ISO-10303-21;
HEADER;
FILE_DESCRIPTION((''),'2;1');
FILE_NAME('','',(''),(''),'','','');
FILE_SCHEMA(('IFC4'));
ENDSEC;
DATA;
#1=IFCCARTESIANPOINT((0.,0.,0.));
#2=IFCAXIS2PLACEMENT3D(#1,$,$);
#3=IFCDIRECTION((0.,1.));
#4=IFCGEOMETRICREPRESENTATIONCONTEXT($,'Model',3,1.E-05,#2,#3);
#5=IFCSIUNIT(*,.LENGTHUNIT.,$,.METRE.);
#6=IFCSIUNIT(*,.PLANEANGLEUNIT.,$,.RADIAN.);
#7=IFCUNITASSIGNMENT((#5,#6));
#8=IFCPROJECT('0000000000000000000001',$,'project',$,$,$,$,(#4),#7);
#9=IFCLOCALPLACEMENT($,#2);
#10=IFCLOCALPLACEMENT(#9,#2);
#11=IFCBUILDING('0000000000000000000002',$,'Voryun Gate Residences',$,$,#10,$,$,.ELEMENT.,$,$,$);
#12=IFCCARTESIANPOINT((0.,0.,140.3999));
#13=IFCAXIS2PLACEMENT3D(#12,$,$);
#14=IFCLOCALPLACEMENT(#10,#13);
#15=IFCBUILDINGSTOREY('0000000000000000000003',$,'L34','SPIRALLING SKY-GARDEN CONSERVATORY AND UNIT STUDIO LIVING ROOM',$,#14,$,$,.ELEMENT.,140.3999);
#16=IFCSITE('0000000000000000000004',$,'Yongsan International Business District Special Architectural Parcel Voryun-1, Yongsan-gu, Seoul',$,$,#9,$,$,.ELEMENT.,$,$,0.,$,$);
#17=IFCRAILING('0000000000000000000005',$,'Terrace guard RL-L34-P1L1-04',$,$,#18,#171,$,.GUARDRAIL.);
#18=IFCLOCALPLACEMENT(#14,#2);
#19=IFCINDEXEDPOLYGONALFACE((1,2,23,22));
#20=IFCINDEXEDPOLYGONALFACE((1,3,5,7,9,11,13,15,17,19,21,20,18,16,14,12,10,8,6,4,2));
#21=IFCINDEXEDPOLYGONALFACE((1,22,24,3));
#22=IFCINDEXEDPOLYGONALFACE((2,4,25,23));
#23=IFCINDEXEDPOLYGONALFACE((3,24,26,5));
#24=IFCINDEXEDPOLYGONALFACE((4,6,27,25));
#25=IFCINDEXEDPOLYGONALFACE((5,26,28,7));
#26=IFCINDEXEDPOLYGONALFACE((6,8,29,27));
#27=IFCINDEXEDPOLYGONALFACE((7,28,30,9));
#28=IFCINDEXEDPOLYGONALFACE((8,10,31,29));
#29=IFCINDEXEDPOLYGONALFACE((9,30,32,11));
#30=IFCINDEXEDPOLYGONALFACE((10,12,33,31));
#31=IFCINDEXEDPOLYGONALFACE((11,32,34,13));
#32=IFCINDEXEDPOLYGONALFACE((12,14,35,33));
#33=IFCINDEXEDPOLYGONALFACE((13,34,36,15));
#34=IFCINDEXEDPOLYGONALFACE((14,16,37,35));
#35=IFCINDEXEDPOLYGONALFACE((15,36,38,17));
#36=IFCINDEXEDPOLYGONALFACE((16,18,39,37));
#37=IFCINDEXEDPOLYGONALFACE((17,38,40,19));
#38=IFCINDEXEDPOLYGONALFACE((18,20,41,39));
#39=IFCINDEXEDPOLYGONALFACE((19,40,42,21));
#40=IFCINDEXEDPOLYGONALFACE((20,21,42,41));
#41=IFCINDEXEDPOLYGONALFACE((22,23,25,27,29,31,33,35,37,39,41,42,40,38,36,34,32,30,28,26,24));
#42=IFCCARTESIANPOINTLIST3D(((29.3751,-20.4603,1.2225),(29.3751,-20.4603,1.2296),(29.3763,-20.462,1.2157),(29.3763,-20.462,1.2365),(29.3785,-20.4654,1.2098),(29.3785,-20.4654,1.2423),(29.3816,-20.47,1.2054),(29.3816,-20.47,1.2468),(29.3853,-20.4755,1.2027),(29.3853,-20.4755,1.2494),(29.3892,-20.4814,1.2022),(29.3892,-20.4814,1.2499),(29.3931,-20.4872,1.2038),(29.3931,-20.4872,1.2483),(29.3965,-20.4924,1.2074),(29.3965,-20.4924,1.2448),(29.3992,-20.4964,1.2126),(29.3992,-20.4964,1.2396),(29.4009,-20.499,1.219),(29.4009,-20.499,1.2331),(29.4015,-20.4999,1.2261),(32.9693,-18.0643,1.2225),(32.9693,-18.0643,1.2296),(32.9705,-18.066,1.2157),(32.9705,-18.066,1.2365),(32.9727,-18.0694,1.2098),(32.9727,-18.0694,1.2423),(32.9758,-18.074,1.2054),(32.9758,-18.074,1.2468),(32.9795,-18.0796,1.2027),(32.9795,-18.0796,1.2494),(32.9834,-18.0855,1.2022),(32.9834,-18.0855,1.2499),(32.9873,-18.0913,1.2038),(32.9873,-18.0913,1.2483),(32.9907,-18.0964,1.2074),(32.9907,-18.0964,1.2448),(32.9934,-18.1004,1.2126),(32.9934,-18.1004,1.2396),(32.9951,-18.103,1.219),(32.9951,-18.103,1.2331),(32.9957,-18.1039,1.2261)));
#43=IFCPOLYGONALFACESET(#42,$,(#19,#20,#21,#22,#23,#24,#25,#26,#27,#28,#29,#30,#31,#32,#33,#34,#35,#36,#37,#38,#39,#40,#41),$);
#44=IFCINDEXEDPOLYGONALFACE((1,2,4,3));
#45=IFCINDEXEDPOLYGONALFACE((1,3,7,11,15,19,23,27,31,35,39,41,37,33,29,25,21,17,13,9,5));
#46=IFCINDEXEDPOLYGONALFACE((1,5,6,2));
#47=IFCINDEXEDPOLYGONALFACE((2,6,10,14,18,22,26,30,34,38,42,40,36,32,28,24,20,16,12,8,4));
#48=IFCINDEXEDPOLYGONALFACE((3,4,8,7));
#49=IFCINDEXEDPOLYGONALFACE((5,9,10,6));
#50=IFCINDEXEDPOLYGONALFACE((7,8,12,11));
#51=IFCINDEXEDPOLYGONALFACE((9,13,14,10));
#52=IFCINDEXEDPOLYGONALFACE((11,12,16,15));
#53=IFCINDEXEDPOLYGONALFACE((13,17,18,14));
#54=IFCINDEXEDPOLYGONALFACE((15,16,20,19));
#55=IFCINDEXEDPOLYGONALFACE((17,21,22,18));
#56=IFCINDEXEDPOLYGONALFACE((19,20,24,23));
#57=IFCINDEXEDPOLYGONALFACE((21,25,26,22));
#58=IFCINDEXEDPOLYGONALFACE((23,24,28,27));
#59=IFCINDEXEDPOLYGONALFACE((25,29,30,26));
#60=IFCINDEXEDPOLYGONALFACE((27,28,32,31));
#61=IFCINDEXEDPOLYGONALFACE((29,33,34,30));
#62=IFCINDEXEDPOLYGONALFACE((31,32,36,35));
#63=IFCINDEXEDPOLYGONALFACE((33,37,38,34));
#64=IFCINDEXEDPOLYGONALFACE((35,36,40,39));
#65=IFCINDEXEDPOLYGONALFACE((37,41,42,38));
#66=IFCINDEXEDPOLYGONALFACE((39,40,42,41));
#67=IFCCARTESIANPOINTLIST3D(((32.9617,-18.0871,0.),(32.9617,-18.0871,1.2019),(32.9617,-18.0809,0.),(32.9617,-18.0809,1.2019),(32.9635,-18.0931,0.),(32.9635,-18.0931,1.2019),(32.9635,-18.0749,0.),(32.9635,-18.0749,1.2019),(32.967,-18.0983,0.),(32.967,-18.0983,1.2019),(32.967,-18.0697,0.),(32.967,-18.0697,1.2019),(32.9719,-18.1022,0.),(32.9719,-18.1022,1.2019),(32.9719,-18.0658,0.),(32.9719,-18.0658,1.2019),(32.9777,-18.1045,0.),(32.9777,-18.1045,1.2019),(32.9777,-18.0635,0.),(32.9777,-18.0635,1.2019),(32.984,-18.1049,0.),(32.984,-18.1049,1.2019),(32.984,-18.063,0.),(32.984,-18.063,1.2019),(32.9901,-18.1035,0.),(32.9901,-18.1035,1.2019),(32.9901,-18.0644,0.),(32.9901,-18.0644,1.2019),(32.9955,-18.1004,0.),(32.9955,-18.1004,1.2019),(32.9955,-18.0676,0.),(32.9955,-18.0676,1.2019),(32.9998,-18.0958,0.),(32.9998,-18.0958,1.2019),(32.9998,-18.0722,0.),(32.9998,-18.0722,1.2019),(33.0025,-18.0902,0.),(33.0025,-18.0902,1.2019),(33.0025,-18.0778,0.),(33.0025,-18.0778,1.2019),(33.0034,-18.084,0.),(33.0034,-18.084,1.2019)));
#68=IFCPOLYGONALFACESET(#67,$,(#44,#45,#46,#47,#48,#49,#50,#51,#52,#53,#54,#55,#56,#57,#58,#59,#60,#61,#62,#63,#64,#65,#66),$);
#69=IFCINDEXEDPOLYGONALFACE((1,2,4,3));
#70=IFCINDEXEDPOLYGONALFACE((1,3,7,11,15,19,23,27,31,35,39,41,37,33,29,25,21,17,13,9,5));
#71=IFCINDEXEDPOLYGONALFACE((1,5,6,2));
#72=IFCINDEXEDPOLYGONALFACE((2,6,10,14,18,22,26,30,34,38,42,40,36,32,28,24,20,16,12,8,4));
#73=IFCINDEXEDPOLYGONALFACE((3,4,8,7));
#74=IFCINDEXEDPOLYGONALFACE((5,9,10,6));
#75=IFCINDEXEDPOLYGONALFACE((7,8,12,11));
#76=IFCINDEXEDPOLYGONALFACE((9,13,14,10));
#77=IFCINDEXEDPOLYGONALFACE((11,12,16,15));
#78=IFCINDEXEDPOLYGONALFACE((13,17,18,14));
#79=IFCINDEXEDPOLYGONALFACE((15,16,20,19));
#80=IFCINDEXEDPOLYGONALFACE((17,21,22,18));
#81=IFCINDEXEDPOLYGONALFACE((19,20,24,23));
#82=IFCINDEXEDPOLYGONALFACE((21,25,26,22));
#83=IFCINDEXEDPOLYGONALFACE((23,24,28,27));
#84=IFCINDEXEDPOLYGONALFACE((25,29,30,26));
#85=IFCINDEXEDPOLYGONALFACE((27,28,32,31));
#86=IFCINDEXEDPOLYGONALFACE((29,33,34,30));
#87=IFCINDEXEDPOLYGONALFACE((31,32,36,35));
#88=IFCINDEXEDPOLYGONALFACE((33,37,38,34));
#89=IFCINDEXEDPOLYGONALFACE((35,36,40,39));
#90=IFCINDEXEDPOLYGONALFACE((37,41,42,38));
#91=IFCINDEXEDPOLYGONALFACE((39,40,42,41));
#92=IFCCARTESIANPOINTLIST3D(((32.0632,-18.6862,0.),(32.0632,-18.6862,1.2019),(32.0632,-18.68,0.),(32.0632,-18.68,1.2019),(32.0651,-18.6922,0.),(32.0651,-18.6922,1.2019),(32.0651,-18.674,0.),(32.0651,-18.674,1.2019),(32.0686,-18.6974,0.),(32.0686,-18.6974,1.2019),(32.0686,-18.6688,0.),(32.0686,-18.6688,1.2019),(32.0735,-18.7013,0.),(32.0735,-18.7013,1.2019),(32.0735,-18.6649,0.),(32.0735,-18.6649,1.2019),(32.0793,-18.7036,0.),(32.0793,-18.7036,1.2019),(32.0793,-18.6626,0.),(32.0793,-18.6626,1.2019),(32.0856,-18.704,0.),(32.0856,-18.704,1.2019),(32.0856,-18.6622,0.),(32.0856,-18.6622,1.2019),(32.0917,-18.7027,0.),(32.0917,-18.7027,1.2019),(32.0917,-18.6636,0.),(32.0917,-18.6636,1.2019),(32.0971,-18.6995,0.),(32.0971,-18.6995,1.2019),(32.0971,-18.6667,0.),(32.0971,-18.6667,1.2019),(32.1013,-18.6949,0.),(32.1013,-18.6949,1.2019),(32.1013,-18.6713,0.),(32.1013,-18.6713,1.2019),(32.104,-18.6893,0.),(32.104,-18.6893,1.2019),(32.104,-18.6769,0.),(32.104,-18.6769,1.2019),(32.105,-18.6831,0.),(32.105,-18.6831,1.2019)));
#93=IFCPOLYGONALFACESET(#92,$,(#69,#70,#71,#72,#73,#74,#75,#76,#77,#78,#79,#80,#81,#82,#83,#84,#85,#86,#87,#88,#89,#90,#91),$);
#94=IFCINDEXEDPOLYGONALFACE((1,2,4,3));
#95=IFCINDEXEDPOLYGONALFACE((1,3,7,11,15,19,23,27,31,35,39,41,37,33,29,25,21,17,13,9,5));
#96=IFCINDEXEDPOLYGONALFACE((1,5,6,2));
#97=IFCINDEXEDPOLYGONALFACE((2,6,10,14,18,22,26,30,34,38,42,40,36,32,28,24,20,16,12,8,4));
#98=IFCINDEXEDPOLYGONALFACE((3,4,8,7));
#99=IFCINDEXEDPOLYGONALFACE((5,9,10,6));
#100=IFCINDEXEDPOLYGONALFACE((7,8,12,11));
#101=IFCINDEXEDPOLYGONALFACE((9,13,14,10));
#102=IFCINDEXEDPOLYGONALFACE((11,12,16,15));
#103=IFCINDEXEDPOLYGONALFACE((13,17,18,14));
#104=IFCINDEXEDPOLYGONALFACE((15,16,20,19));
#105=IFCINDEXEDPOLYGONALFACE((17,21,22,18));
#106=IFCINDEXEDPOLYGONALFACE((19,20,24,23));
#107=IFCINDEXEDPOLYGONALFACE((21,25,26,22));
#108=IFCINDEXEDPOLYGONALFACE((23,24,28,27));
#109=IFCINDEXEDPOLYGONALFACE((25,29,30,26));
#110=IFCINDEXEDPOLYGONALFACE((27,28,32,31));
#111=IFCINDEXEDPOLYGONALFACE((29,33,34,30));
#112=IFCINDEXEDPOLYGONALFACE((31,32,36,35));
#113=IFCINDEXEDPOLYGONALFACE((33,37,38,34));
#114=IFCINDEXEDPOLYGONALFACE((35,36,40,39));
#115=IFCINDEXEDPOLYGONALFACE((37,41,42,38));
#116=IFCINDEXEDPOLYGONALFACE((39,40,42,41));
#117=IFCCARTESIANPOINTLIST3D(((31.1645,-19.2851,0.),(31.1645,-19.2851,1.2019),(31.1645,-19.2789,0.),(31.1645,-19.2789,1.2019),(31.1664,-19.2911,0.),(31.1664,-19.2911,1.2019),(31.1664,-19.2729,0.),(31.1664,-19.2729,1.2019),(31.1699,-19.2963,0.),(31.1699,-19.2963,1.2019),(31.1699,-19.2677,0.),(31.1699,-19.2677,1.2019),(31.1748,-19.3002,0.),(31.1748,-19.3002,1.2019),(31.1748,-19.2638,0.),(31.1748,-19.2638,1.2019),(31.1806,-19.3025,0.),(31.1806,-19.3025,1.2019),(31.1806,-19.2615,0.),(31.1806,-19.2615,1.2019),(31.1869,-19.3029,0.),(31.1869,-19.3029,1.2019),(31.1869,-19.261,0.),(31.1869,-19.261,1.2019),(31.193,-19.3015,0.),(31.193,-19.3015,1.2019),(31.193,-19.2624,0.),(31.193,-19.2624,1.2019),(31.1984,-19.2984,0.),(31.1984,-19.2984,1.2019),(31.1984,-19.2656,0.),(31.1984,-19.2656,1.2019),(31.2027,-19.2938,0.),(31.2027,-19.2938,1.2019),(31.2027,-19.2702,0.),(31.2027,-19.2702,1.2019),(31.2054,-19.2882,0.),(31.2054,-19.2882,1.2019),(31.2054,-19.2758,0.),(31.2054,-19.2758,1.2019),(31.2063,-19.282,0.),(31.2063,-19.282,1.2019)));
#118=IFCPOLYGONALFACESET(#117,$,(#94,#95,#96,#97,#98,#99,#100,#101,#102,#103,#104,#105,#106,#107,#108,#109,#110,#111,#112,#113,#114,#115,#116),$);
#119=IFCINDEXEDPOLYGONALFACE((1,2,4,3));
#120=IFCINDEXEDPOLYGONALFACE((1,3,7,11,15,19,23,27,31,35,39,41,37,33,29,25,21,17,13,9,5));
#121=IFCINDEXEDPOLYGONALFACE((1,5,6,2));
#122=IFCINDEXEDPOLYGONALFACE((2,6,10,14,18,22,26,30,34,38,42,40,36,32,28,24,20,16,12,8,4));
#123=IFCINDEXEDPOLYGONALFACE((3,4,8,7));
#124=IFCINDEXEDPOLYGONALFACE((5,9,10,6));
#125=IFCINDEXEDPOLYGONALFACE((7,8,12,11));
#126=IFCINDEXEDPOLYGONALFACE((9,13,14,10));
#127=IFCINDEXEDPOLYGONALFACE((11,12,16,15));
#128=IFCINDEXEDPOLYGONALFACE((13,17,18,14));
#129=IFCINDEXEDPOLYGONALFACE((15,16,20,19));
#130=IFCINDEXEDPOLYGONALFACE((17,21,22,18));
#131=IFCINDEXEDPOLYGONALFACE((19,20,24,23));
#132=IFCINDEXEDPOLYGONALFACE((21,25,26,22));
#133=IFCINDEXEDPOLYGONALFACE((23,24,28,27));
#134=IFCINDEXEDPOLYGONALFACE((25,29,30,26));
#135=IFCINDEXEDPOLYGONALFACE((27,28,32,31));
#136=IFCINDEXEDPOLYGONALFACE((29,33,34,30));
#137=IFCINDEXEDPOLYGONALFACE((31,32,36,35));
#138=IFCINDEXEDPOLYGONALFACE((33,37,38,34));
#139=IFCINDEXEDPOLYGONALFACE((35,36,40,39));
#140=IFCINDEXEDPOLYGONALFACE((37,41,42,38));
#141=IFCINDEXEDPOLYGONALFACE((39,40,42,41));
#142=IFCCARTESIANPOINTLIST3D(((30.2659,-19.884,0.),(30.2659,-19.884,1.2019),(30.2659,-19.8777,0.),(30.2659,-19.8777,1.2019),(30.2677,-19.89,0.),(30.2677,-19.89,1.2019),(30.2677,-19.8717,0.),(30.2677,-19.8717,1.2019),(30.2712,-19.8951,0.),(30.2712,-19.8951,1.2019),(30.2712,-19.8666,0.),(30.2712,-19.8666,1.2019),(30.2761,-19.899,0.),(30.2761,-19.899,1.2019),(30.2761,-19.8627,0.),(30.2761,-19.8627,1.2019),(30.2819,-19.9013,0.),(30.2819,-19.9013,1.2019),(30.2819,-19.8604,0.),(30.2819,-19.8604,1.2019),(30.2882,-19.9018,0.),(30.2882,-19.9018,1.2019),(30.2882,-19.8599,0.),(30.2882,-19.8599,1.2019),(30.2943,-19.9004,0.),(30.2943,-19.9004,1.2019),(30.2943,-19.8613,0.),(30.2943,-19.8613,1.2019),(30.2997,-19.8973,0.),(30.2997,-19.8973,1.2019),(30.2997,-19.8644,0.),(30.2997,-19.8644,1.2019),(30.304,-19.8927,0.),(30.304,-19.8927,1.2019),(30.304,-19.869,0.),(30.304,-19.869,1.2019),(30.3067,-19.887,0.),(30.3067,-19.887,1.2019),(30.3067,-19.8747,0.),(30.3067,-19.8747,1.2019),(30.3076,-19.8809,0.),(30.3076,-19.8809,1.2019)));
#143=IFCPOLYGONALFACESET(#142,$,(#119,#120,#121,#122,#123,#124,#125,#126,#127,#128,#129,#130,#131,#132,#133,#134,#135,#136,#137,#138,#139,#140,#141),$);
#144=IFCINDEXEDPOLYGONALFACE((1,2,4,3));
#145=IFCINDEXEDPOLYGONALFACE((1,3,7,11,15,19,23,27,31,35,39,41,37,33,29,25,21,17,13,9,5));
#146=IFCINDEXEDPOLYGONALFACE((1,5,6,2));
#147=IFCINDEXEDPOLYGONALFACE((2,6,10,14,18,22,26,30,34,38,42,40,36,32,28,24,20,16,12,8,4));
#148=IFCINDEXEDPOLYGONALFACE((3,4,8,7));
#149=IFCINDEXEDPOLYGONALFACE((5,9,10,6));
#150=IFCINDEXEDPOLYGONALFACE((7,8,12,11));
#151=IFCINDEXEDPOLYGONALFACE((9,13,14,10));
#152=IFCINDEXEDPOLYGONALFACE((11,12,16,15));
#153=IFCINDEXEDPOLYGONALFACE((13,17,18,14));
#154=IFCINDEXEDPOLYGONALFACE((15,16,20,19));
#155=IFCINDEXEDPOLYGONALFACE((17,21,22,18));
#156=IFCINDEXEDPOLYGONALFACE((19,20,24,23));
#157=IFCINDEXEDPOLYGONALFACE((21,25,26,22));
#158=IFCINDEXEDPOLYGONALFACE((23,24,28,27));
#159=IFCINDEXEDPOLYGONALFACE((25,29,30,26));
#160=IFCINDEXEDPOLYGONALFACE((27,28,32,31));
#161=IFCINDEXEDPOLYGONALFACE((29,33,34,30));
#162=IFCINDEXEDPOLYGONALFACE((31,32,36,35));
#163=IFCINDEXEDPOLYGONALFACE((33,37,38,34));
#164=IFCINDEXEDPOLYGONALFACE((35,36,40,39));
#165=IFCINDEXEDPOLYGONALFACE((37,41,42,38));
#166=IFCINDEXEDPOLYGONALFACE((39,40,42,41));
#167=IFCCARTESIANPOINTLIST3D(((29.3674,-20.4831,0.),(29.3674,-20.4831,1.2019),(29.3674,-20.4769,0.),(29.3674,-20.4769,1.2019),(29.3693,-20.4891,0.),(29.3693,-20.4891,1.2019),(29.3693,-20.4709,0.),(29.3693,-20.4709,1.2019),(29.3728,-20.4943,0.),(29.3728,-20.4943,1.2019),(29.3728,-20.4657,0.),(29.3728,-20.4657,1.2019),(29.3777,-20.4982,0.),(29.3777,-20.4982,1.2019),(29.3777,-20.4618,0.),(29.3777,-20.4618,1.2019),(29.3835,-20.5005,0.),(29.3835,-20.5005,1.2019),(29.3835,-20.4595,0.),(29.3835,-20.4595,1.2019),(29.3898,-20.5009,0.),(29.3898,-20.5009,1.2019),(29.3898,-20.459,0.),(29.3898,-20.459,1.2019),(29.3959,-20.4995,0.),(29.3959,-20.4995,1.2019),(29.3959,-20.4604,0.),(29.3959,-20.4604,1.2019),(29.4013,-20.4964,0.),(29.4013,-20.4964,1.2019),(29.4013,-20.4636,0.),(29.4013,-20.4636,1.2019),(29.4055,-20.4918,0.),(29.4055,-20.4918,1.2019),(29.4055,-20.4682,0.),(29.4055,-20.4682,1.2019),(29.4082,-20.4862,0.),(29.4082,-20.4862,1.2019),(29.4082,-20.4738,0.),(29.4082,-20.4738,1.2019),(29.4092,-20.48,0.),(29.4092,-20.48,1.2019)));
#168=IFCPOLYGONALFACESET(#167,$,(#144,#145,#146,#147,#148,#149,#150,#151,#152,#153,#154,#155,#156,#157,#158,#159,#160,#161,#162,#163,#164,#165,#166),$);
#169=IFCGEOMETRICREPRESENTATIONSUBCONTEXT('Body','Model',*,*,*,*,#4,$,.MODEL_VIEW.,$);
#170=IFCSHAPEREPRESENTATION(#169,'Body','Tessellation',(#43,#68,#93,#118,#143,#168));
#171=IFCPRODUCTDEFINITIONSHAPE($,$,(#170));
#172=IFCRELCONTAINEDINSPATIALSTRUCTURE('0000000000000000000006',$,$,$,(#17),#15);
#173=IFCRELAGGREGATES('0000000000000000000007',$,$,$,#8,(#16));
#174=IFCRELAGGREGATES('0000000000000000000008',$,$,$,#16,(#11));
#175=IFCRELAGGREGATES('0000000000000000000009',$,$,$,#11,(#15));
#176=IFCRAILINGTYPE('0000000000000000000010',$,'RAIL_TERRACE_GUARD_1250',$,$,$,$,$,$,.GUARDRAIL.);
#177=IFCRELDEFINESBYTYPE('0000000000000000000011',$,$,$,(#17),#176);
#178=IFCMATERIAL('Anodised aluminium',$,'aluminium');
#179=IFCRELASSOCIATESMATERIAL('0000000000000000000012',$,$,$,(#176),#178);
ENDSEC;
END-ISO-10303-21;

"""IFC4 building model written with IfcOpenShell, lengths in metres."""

from ifc_helpers import new_model, si_unit, direction, frame, origin, origin_2d, place, context, subcontext, project, spatial, circle, extrude, material, type_object, element, save


model = new_model("IFC4")

# Units and contexts
model_context = context("Model", 3, precision=1e-05, world=origin(), true_north=direction((0.0, 1.0)))
body_context = subcontext(model_context, "Body", "Model", "MODEL_VIEW")
ifc_project = project(units=[si_unit("LENGTHUNIT", "METRE"), si_unit("PLANEANGLEUNIT", "RADIAN")], contexts=[model_context])

# Site, building, storey
site_placement = place(None, origin())
site = spatial("IfcSite", under=ifc_project, at=site_placement, Name="Yongsan International Business District Special Architectural Parcel Voryun-1, Yongsan-gu, Seoul", CompositionType="ELEMENT", RefElevation=0.0)
building_placement = place(site_placement, origin())
building = spatial("IfcBuilding", under=site, at=building_placement, Name="Voryun Gate Residences", CompositionType="ELEMENT")
storey_placement = place(building_placement, frame((0.0, 0.0, 140.3999)))
storey = spatial("IfcBuildingStorey", under=building, at=storey_placement, Name="L34", Description="SPIRALLING SKY-GARDEN CONSERVATORY AND UNIT STUDIO LIVING ROOM", CompositionType="ELEMENT", Elevation=140.3999)

# Railing
ifc_material_1 = material(Name="Anodised aluminium", Category="aluminium")
railing_type = type_object("IfcRailingType", Name="RAIL_TERRACE_GUARD_1250", PredefinedType="GUARDRAIL", material=ifc_material_1)
railing_1_placement = place(storey_placement, frame((32.9824, -18.084, 0.0)))
element("IfcRailing", 1, at=railing_1_placement, inside=storey, type_object=railing_type, Name="Terrace guard RL-L34-P1L1-04", PredefinedType="GUARDRAIL", context=body_context, shape_type="SweptSolid", body=[
    extrude(circle(Radius=0.0239, at=origin_2d()), frame((0.0, 0.0, 1.2261), z_axis=(-0.832068, -0.554674, 0.0), x_axis=(0.554674, -0.832068, 0.0)), (0.0, 0.0, 1.0), 4.3196),
    extrude(circle(Radius=0.021, at=origin_2d()), origin(), (0.0, 0.0, 1.0), 1.2019),
    extrude(circle(Radius=0.021, at=origin_2d()), frame((-0.8984, -0.5991, 0.0)), (0.0, 0.0, 1.0), 1.2019),
    extrude(circle(Radius=0.021, at=origin_2d()), frame((-1.7971, -1.198, 0.0)), (0.0, 0.0, 1.0), 1.2019),
    extrude(circle(Radius=0.021, at=origin_2d()), frame((-2.6958, -1.7969, 0.0)), (0.0, 0.0, 1.0), 1.2019),
    extrude(circle(Radius=0.021, at=origin_2d()), frame((-3.5942, -2.396, 0.0)), (0.0, 0.0, 1.0), 1.2019),
])

save(model, "model.ifc")
